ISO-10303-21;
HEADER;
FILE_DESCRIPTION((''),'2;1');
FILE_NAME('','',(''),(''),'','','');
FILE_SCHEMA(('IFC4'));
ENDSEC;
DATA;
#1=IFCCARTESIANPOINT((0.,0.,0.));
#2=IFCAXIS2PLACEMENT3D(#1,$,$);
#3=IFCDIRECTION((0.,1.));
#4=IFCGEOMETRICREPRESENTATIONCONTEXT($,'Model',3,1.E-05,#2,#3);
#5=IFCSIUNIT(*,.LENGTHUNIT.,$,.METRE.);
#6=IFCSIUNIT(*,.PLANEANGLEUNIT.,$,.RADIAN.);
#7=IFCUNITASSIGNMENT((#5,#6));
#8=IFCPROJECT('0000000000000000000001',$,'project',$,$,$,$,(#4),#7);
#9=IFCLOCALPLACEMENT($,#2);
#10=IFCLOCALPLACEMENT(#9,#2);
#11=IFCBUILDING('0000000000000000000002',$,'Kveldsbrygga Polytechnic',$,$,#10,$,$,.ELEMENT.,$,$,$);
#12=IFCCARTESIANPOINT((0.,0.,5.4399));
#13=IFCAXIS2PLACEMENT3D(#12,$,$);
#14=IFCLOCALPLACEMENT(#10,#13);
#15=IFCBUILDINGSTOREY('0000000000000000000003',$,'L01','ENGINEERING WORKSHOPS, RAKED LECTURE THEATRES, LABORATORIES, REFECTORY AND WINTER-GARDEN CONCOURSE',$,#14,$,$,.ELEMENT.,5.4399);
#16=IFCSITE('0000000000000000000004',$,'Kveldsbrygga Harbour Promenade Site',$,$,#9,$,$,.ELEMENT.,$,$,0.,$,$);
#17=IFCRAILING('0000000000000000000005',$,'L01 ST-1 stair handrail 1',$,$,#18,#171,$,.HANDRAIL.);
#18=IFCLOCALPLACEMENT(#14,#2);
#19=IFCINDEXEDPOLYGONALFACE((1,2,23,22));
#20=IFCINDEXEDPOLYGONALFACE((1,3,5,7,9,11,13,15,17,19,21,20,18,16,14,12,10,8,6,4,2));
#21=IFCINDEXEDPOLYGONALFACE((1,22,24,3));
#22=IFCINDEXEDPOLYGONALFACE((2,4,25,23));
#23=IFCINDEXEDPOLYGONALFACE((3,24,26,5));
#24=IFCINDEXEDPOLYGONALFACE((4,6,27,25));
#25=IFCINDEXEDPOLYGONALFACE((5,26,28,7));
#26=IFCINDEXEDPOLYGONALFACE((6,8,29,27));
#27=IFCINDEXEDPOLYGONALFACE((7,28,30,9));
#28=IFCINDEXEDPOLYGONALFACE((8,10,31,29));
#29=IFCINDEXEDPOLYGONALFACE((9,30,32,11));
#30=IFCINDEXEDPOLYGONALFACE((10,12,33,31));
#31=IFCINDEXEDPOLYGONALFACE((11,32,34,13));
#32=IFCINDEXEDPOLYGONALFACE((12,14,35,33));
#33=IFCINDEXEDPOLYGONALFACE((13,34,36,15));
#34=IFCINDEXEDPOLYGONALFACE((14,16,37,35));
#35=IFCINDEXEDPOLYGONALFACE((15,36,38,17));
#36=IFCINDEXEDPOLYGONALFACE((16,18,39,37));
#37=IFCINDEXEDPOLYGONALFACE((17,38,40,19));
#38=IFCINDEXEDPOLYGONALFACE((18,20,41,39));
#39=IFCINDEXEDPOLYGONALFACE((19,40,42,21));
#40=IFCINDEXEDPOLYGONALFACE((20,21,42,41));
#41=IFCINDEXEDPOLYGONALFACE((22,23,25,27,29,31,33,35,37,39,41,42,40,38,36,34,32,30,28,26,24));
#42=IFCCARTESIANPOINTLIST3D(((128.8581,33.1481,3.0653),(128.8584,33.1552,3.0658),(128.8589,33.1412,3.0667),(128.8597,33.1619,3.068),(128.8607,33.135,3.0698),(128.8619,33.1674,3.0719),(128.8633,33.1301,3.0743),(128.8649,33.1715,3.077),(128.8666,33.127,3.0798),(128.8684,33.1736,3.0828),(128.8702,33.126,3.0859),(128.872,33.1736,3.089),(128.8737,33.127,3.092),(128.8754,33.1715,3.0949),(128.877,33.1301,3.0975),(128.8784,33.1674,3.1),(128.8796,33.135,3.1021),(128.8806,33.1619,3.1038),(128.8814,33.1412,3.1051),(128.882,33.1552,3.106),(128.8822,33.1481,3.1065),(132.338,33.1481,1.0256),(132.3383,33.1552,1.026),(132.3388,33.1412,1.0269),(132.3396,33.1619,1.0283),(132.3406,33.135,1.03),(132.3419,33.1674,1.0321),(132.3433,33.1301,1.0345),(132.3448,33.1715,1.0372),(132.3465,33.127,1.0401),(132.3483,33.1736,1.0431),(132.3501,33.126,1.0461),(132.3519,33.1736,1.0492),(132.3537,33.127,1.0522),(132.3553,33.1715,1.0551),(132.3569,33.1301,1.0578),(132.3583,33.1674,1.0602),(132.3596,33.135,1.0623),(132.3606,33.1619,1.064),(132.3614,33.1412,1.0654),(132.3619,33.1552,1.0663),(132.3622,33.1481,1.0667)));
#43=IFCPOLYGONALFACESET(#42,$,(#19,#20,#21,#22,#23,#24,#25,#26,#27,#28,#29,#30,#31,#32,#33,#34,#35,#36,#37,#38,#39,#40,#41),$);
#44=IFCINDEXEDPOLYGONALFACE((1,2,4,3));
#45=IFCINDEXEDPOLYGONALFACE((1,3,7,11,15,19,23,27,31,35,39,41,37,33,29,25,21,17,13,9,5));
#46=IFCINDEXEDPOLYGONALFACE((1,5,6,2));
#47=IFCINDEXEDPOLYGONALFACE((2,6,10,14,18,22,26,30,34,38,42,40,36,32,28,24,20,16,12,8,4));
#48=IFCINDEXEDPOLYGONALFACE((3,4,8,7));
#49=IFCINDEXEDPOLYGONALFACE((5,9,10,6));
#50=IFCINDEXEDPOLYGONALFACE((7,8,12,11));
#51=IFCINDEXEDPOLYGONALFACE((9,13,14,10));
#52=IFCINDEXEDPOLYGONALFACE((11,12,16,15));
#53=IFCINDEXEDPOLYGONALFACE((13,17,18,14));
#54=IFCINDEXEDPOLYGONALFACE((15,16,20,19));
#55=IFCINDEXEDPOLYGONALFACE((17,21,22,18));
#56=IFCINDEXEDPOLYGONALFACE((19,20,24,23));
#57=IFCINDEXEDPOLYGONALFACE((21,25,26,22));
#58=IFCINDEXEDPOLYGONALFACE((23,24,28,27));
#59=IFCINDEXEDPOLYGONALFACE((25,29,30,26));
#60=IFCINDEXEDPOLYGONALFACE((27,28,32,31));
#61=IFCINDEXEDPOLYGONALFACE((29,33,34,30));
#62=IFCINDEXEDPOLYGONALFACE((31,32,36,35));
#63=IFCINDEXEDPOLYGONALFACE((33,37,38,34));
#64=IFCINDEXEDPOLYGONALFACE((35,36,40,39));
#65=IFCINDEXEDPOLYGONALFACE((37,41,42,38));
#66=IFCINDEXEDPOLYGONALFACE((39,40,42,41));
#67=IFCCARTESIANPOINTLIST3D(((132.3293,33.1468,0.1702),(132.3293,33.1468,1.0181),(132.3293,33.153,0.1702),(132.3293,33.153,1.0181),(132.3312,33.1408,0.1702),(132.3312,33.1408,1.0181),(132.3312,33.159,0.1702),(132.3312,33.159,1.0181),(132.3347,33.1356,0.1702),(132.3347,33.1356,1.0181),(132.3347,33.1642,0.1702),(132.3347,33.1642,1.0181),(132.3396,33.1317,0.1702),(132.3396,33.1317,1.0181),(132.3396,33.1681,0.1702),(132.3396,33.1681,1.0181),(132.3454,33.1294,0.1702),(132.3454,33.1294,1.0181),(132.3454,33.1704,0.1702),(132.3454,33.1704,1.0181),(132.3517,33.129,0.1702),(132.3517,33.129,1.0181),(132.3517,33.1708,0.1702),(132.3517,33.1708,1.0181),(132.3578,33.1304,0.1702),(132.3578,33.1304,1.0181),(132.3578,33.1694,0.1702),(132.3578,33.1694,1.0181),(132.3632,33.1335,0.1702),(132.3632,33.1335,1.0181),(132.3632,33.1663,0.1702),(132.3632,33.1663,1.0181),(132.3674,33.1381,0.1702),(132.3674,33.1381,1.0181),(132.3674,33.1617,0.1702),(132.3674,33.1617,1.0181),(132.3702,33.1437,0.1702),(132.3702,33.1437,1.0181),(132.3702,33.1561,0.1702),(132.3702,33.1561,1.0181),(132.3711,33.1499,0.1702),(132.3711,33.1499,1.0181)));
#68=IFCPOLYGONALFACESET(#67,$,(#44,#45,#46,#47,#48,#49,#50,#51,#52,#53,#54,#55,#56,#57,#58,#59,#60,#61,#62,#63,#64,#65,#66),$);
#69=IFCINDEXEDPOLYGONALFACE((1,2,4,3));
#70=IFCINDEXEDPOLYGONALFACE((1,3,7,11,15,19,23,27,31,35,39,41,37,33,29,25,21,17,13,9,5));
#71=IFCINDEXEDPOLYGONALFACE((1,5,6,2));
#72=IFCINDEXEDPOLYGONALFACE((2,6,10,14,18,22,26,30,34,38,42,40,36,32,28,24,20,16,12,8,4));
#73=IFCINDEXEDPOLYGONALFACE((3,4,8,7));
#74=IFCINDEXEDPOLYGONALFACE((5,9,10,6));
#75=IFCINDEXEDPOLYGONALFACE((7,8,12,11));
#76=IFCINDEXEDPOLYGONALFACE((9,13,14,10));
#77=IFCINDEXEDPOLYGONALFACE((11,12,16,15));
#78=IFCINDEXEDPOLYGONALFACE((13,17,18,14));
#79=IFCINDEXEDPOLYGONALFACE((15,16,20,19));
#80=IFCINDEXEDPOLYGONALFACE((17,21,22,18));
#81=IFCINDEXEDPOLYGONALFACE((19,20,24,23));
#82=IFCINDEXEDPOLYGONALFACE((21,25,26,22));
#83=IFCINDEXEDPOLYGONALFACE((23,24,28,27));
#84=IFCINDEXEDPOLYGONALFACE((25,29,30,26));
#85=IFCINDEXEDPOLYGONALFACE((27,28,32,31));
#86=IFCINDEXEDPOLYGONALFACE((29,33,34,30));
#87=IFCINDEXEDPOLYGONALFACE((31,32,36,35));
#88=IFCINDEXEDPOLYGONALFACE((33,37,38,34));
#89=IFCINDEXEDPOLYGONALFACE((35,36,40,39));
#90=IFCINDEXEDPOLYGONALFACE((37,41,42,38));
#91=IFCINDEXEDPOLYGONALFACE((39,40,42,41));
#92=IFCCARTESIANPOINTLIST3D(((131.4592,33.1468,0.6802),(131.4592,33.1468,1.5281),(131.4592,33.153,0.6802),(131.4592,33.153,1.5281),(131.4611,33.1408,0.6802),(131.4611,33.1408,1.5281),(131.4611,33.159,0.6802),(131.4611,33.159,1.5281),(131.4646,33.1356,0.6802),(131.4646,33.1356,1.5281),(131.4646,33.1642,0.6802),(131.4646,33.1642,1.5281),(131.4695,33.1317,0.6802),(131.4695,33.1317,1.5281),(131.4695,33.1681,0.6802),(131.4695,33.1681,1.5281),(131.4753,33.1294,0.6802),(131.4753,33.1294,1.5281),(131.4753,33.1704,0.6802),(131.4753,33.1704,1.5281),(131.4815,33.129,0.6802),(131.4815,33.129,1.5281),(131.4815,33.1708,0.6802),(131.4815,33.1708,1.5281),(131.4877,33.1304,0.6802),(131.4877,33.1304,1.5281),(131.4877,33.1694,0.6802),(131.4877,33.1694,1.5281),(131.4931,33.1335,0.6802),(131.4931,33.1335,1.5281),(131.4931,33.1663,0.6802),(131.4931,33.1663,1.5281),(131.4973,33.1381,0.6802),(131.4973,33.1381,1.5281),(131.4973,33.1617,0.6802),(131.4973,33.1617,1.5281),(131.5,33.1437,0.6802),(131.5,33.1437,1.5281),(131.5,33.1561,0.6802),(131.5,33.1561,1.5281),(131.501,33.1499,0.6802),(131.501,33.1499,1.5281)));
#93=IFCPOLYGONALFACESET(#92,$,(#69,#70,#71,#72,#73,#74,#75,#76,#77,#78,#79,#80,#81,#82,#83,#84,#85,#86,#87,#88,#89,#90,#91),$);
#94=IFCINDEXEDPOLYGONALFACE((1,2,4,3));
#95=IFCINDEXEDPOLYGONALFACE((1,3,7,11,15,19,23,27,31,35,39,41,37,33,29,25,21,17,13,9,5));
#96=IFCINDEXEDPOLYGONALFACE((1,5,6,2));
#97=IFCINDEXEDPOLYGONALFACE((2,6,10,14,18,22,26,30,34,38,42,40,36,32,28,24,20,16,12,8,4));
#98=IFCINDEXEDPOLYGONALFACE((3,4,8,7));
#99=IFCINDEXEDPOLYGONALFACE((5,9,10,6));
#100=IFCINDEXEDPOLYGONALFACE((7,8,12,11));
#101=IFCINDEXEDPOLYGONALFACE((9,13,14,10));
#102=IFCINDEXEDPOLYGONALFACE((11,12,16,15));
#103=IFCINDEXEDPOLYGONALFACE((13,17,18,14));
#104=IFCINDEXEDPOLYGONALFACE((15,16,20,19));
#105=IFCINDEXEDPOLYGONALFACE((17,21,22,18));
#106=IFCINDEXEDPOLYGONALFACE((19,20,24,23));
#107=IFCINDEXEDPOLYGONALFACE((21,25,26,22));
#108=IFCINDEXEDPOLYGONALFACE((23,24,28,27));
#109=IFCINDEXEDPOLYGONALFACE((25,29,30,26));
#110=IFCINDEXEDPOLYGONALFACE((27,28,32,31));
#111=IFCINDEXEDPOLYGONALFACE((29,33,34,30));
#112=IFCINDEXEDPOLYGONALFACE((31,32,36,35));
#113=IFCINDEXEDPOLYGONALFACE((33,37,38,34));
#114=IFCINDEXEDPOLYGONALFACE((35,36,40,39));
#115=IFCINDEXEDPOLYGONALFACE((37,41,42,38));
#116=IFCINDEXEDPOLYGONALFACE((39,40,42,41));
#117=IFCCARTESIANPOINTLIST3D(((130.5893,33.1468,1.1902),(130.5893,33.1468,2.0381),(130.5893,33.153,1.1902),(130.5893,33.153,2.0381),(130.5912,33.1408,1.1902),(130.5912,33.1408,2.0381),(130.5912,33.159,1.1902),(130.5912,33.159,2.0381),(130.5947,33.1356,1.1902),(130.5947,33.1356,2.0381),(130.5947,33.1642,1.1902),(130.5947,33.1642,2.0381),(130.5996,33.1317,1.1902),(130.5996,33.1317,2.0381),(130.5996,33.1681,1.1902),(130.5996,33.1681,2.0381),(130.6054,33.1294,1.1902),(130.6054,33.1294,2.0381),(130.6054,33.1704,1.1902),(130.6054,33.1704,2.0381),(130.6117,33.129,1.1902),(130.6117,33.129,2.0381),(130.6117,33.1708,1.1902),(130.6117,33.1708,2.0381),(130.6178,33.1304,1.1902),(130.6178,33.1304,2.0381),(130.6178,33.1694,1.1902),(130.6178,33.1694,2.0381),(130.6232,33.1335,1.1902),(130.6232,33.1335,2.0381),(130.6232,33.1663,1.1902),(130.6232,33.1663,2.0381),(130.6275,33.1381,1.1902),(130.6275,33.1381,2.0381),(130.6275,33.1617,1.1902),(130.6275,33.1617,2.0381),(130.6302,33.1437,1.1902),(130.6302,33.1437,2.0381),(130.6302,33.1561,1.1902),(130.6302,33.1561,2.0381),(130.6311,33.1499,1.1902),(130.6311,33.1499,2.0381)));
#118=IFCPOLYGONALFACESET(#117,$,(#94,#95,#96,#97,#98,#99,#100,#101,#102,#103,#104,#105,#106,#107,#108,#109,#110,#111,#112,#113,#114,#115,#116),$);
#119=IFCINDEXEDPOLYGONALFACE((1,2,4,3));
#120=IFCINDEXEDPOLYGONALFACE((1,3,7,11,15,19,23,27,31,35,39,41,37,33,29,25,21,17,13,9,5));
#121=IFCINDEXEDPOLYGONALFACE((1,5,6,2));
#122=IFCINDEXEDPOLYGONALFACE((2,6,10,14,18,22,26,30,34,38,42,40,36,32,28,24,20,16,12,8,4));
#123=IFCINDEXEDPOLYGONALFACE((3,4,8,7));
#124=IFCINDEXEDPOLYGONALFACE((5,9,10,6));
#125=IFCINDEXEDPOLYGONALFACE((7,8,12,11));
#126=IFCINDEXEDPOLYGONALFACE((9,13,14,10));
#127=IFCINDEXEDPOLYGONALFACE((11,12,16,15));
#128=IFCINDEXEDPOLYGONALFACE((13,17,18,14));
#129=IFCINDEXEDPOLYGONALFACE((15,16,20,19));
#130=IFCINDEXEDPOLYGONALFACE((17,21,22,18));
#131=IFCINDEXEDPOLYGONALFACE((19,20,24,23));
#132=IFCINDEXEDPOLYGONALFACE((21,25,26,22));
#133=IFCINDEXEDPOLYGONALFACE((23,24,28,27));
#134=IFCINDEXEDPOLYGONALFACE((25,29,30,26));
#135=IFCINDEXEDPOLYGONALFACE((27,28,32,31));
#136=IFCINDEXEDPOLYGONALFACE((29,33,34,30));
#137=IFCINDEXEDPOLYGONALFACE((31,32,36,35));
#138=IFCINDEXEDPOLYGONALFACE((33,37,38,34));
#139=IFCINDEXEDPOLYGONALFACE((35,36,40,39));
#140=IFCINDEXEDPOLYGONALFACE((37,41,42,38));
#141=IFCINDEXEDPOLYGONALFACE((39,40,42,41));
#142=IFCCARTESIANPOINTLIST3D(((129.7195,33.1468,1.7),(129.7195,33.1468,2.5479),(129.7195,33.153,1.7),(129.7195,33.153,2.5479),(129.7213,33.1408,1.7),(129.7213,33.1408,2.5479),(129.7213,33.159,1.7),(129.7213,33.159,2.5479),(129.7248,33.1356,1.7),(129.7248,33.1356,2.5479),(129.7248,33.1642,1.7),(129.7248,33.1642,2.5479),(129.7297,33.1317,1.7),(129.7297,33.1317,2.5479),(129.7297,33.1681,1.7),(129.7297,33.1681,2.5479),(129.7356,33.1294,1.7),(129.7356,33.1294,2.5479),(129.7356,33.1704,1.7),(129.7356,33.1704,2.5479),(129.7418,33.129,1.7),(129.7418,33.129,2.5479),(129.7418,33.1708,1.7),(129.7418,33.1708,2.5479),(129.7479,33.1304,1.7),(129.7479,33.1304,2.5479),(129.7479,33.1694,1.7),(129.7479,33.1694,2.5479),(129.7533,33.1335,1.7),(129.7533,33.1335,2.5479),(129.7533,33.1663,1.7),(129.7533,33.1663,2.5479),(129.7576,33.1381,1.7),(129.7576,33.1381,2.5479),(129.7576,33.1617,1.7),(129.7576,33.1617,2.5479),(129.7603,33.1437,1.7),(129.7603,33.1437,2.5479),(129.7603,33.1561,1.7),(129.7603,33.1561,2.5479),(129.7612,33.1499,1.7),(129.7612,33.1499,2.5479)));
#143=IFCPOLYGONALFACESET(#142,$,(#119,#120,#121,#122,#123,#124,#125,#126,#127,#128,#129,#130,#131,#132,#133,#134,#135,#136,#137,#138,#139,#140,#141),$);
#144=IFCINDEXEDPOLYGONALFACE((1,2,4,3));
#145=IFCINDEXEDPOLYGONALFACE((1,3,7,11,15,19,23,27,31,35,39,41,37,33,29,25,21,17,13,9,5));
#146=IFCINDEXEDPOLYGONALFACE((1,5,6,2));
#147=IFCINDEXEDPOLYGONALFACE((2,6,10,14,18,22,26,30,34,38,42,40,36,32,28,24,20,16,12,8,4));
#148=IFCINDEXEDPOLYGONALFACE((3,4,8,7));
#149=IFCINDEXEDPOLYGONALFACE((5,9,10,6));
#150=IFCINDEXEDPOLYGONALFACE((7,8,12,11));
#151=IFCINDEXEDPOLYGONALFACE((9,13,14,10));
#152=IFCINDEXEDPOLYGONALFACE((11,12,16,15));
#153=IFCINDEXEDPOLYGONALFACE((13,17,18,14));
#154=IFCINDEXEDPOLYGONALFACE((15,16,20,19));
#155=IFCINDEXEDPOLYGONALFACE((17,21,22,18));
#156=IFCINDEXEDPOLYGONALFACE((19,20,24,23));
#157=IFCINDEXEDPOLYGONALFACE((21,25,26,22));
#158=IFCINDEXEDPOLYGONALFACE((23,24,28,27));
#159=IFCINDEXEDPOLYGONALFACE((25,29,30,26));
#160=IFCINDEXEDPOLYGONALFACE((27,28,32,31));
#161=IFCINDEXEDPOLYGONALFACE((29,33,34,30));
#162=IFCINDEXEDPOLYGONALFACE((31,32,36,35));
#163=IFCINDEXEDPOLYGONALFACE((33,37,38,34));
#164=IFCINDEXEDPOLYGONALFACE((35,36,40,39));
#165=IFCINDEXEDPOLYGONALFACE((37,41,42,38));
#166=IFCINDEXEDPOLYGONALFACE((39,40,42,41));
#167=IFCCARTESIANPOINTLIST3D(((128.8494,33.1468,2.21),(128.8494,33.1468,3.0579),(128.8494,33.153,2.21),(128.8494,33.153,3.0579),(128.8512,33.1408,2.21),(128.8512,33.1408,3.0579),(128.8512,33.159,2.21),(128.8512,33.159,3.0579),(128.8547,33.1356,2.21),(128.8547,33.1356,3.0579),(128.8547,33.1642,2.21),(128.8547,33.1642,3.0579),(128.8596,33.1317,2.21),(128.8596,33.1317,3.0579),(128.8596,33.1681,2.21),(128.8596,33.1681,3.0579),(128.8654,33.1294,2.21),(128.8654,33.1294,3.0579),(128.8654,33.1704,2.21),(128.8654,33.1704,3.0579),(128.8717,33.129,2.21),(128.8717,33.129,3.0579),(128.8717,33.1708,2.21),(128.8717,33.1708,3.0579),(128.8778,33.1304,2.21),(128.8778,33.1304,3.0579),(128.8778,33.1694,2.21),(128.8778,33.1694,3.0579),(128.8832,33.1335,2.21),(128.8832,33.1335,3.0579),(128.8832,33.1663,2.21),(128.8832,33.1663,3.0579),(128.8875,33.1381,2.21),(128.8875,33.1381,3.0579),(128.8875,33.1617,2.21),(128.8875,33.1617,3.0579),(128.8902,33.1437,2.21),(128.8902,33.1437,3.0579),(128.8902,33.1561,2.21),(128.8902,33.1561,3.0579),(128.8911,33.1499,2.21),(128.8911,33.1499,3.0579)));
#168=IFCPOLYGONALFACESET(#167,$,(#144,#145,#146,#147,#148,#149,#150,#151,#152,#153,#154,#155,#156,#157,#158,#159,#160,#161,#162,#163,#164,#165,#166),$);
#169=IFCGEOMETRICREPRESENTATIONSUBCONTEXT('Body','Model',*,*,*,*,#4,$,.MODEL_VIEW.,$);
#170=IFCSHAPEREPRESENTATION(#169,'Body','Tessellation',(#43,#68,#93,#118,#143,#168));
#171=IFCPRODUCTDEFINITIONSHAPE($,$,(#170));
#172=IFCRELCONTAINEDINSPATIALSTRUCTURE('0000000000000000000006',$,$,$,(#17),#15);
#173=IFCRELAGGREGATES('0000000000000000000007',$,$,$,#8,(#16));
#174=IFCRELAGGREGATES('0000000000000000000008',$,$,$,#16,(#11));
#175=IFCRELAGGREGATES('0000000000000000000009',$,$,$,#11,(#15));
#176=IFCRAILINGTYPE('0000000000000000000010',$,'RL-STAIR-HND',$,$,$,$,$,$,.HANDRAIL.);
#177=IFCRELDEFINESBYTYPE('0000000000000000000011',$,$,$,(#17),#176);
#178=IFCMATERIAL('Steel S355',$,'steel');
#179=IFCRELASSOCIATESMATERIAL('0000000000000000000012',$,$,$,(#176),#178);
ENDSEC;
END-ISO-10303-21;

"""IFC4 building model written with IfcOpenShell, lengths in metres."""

from ifc_helpers import new_model, si_unit, direction, frame, origin, origin_2d, place, context, subcontext, project, spatial, circle, extrude, material, type_object, element, save


model = new_model("IFC4")

# Units and contexts
model_context = context("Model", 3, precision=1e-05, world=origin(), true_north=direction((0.0, 1.0)))
body_context = subcontext(model_context, "Body", "Model", "MODEL_VIEW")
ifc_project = project(units=[si_unit("LENGTHUNIT", "METRE"), si_unit("PLANEANGLEUNIT", "RADIAN")], contexts=[model_context])

# Site, building, storey
site_placement = place(None, origin())
site = spatial("IfcSite", under=ifc_project, at=site_placement, Name="Kveldsbrygga Harbour Promenade Site", CompositionType="ELEMENT", RefElevation=0.0)
building_placement = place(site_placement, origin())
building = spatial("IfcBuilding", under=site, at=building_placement, Name="Kveldsbrygga Polytechnic", CompositionType="ELEMENT")
storey_placement = place(building_placement, frame((0.0, 0.0, 5.4399)))
storey = spatial("IfcBuildingStorey", under=building, at=storey_placement, Name="L01", Description="ENGINEERING WORKSHOPS, RAKED LECTURE THEATRES, LABORATORIES, REFECTORY AND WINTER-GARDEN CONCOURSE", CompositionType="ELEMENT", Elevation=5.4399)

# Shared definitions
ifc_material_1 = material(Name="Steel S355", Category="steel")

# Railing
railing_type_1 = type_object("IfcRailingType", Name="RL-STAIR-HND", PredefinedType="HANDRAIL", material=ifc_material_1)
railing_1_placement = place(storey_placement, frame((132.3501, 33.1499, 0.1702)))
element("IfcRailing", 1, at=railing_1_placement, inside=storey, type_object=railing_type_1, Name="L01 ST-1 stair handrail 1", PredefinedType="HANDRAIL", context=body_context, shape_type="SweptSolid", body=[
    extrude(circle(Radius=0.0239, at=origin_2d()), frame((0.0, 0.0, 0.876), z_axis=(-0.862719, 0.0, 0.505684), x_axis=(0.0, -1.0, 0.0)), (0.0, 0.0, 1.0), 4.0337),
    extrude(circle(Radius=0.021, at=origin_2d()), origin(), (0.0, 0.0, 1.0), 0.8479),
    extrude(circle(Radius=0.021, at=origin_2d()), frame((-0.8701, 0.0, 0.51)), (0.0, 0.0, 1.0), 0.8479),
    extrude(circle(Radius=0.021, at=origin_2d()), frame((-1.74, 0.0, 1.02)), (0.0, 0.0, 1.0), 0.8479),
    extrude(circle(Radius=0.021, at=origin_2d()), frame((-2.6099, 0.0, 1.5298)), (0.0, 0.0, 1.0), 0.8479),
    extrude(circle(Radius=0.021, at=origin_2d()), frame((-3.48, 0.0, 2.0398)), (0.0, 0.0, 1.0), 0.8479),
])

save(model, "model.ifc")
